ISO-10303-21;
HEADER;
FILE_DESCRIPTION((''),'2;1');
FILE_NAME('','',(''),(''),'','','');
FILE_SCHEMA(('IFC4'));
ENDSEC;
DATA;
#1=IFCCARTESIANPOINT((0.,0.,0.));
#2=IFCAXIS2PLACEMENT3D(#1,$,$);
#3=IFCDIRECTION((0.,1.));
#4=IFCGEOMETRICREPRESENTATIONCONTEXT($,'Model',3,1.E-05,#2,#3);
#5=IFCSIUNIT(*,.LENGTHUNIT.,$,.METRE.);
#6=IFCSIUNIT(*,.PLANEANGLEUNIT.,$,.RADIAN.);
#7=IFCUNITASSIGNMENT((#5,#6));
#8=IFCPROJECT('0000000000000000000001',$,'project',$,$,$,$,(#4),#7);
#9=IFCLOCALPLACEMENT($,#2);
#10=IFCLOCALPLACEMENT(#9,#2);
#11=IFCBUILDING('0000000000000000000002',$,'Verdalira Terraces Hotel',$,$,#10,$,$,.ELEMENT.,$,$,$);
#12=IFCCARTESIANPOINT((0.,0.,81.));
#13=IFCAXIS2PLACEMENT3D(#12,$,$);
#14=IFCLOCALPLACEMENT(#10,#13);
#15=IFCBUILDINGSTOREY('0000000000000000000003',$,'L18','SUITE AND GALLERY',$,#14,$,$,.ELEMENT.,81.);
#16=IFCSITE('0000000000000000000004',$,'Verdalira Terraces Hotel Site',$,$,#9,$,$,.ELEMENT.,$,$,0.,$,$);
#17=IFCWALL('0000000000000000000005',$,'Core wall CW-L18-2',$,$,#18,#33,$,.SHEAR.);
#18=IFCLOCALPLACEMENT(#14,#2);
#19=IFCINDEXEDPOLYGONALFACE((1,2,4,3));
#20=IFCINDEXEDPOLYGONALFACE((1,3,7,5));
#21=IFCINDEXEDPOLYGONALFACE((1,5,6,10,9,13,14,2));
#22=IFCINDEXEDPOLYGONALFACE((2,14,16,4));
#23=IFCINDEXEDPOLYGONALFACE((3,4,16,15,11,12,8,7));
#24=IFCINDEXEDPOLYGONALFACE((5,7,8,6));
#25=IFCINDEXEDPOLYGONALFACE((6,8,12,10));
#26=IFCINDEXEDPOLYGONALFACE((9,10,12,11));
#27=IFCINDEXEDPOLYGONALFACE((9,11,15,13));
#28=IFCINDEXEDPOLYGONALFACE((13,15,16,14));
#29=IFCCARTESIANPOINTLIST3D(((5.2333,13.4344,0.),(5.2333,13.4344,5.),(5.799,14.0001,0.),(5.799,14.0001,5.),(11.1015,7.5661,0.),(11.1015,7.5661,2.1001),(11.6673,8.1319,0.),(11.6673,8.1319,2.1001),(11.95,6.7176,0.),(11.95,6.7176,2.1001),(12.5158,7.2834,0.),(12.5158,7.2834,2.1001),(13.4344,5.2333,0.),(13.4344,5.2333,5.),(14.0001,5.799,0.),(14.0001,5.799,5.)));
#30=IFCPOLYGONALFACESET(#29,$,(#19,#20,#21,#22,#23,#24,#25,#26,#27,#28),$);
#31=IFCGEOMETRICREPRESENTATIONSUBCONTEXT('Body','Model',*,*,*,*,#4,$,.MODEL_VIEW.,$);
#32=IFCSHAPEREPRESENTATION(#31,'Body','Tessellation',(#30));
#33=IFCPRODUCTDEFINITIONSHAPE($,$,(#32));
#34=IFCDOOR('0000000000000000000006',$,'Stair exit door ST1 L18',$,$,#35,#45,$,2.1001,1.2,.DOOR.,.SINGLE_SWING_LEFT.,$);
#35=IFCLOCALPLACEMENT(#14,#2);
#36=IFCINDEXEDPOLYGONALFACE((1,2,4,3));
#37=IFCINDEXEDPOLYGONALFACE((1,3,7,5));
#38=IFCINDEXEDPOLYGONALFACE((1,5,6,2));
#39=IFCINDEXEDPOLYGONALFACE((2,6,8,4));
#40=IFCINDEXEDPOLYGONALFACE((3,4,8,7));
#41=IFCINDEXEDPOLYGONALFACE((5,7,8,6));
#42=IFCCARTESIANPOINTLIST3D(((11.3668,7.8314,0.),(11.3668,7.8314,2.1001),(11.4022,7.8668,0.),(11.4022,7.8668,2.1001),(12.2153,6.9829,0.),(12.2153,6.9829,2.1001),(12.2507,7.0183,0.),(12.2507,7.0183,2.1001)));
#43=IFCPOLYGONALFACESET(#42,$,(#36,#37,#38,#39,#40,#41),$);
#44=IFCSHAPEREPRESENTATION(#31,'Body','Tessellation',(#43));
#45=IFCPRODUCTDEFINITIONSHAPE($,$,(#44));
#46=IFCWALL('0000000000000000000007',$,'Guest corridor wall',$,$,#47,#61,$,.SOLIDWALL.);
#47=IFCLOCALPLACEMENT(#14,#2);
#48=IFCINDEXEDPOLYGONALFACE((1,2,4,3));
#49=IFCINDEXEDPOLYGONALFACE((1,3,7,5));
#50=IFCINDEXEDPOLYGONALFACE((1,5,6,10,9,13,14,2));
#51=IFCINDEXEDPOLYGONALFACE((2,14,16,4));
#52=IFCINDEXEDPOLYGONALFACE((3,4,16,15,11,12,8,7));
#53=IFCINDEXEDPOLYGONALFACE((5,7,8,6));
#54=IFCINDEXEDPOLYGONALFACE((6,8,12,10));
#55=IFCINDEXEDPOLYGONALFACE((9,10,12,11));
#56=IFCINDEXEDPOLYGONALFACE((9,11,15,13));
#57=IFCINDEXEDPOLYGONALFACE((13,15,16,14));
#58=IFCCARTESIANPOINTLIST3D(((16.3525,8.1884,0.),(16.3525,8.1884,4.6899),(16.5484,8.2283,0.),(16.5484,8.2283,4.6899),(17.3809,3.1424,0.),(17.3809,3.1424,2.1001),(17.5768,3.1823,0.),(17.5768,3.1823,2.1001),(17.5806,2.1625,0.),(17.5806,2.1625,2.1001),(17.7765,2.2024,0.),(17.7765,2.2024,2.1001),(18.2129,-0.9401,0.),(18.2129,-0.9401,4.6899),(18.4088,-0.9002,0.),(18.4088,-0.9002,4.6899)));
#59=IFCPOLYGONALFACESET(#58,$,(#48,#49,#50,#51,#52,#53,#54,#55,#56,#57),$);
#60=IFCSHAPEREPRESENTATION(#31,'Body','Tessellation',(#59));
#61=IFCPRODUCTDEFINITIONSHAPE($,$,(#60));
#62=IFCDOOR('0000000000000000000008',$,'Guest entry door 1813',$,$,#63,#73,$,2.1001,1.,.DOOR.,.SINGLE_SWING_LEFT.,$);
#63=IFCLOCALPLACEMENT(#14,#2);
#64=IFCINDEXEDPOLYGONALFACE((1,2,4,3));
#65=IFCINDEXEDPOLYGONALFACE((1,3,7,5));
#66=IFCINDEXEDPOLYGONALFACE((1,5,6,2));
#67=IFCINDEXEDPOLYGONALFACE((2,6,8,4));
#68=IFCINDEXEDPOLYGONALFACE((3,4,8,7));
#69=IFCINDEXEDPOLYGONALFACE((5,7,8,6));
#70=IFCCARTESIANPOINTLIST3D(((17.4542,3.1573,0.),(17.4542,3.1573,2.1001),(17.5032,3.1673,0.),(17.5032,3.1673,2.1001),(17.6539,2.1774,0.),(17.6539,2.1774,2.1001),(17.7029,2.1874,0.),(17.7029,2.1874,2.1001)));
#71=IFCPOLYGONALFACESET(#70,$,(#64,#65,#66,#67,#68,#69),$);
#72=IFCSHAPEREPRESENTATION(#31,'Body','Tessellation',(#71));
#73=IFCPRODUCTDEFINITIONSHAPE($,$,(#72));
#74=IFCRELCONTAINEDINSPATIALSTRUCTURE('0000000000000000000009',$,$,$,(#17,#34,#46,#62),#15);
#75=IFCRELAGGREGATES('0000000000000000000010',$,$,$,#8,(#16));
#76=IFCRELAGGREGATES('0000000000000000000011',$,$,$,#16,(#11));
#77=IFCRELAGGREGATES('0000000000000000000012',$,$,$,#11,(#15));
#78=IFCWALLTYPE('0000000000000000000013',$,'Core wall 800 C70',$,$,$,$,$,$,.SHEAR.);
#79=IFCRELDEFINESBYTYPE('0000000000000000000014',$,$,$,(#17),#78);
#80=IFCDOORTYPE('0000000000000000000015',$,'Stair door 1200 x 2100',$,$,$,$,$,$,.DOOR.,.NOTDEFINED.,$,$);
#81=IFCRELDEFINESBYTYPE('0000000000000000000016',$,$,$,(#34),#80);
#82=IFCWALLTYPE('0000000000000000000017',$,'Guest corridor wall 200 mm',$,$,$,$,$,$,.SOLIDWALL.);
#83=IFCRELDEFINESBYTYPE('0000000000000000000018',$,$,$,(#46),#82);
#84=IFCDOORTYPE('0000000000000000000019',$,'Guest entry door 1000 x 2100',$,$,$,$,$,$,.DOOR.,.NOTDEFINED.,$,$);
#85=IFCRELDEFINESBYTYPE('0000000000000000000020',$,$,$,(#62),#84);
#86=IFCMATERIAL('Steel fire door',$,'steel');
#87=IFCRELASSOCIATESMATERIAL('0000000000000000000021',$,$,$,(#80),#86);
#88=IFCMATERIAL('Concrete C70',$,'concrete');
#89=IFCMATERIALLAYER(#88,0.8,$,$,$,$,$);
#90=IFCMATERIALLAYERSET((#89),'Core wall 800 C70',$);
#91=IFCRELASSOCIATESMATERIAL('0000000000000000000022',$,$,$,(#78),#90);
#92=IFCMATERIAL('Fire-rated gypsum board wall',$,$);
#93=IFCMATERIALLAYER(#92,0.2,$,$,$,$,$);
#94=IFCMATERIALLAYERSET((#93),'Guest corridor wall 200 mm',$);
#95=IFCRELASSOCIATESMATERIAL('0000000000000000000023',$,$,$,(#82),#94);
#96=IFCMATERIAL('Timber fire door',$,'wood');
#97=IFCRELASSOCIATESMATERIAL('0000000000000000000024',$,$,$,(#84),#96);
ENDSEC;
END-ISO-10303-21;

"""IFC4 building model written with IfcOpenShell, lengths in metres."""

from ifc_helpers import new_model, si_unit, direction, frame, frame_2d, origin, place, context, subcontext, project, spatial, rectangle, extrude, material, layer, layer_set, type_object, element, fill, save


model = new_model("IFC4")

# Units and contexts
model_context = context("Model", 3, precision=1e-05, world=origin(), true_north=direction((0.0, 1.0)))
body_context = subcontext(model_context, "Body", "Model", "MODEL_VIEW")
ifc_project = project(units=[si_unit("LENGTHUNIT", "METRE"), si_unit("PLANEANGLEUNIT", "RADIAN")], contexts=[model_context])

# Site, building, storey
site_placement = place(None, origin())
site = spatial("IfcSite", under=ifc_project, at=site_placement, Name="Verdalira Terraces Hotel Site", CompositionType="ELEMENT", RefElevation=0.0)
building_placement = place(site_placement, origin())
building = spatial("IfcBuilding", under=site, at=building_placement, Name="Verdalira Terraces Hotel", CompositionType="ELEMENT")
storey_placement = place(building_placement, frame((0.0, 0.0, 81.0)))
storey = spatial("IfcBuildingStorey", under=building, at=storey_placement, Name="L18", Description="SUITE AND GALLERY", CompositionType="ELEMENT", Elevation=81.0)

# Shared definitions
ifc_material_1 = material(Name="Steel fire door", Category="steel")
door_type_1 = type_object("IfcDoorType", Name="Stair door 1200 x 2100", OperationType="NOTDEFINED", PredefinedType="DOOR", material=ifc_material_1)

# Walls, openings, doors
ifc_material_2 = material(Name="Concrete C70", Category="concrete")
ifc_layer_1 = layer(ifc_material_2, 0.8)
ifc_layer_set_1 = layer_set([ifc_layer_1], Name="Core wall 800 C70")
wall_type_1 = type_object("IfcWallType", Name="Core wall 800 C70", PredefinedType="SHEAR", material=ifc_layer_set_1)
wall_1_placement = place(storey_placement, frame((13.7173, 5.5161, 0.0), z_axis=(0.0, 0.0, 1.0), x_axis=(-0.707107, 0.707107, 0.0)))
wall_1 = element("IfcWall", 1, at=wall_1_placement, inside=storey, type_object=wall_type_1, Name="Core wall CW-L18-2", PredefinedType="SHEAR", context=body_context, shape_type="SweptSolid", body=[
    extrude(rectangle(XDim=11.5981, YDim=0.8, at=frame_2d((5.7991, 0.0))), origin(), (0.0, 0.0, 1.0), 5.0),
])
opening_1_placement = place(wall_1_placement, frame((2.0991, 0.0, 0.0)))
opening_1 = element("IfcOpeningElement", 2, at=opening_1_placement, cuts=wall_1, PredefinedType="OPENING", context=body_context, shape_type="SweptSolid", body=[
    extrude(rectangle(XDim=1.2, YDim=2.1001, at=frame_2d((0.6001, 1.05))), frame((0.0, 0.4099, 0.0), z_axis=(0.0, -1.0, 0.0), x_axis=(1.0, 0.0, 0.0)), (0.0, 0.0, 1.0), 0.8201),
])
door_1_placement = place(opening_1_placement, origin())
door_1 = element("IfcDoor", 3, at=door_1_placement, inside=storey, type_object=door_type_1, Name="Stair exit door ST1 L18", OperationType="SINGLE_SWING_LEFT", OverallHeight=2.1001, OverallWidth=1.2, PredefinedType="DOOR", context=body_context, shape_type="SweptSolid", body=[
    extrude(rectangle(XDim=1.2, YDim=2.1001, at=frame_2d((0.6001, 1.05))), frame((0.0, 0.0249, 0.0), z_axis=(0.0, -1.0, 0.0), x_axis=(1.0, 0.0, 0.0)), (0.0, 0.0, 1.0), 0.05),
])
fill(opening_1, door_1)
ifc_material_3 = material(Name="Fire-rated gypsum board wall")
ifc_layer_2 = layer(ifc_material_3, 0.2)
ifc_layer_set_2 = layer_set([ifc_layer_2], Name="Guest corridor wall 200 mm")
wall_type_2 = type_object("IfcWallType", Name="Guest corridor wall 200 mm", PredefinedType="SOLIDWALL", material=ifc_layer_set_2)
wall_2_placement = place(storey_placement, frame((16.4504, 8.2085, 0.0), z_axis=(0.0, 0.0, 1.0), x_axis=(0.199693, -0.979859, 0.0)))
wall_2 = element("IfcWall", 4, at=wall_2_placement, inside=storey, type_object=wall_type_2, Name="Guest corridor wall", PredefinedType="SOLIDWALL", context=body_context, shape_type="SweptSolid", body=[
    extrude(rectangle(XDim=9.3162, YDim=0.2, at=frame_2d((4.6582, 0.0))), origin(), (0.0, 0.0, 1.0), 4.6899),
])
opening_2_placement = place(wall_2_placement, frame((5.1499, 0.0, 0.0)))
opening_2 = element("IfcOpeningElement", 5, at=opening_2_placement, cuts=wall_2, PredefinedType="OPENING", context=body_context, shape_type="SweptSolid", body=[
    extrude(rectangle(XDim=1.0, YDim=2.1001, at=frame_2d((0.5, 1.05))), frame((0.0, 0.1099, 0.0), z_axis=(0.0, -1.0, 0.0), x_axis=(1.0, 0.0, 0.0)), (0.0, 0.0, 1.0), 0.22),
])
ifc_material_4 = material(Name="Timber fire door", Category="wood")
door_type_2 = type_object("IfcDoorType", Name="Guest entry door 1000 x 2100", OperationType="NOTDEFINED", PredefinedType="DOOR", material=ifc_material_4)
door_2_placement = place(opening_2_placement, origin())
door_2 = element("IfcDoor", 6, at=door_2_placement, inside=storey, type_object=door_type_2, Name="Guest entry door 1813", OperationType="SINGLE_SWING_LEFT", OverallHeight=2.1001, OverallWidth=1.0, PredefinedType="DOOR", context=body_context, shape_type="SweptSolid", body=[
    extrude(rectangle(XDim=1.0, YDim=2.1001, at=frame_2d((0.5, 1.05))), frame((0.0, 0.0249, 0.0), z_axis=(0.0, -1.0, 0.0), x_axis=(1.0, 0.0, 0.0)), (0.0, 0.0, 1.0), 0.05),
])
fill(opening_2, door_2)

save(model, "model.ifc")
